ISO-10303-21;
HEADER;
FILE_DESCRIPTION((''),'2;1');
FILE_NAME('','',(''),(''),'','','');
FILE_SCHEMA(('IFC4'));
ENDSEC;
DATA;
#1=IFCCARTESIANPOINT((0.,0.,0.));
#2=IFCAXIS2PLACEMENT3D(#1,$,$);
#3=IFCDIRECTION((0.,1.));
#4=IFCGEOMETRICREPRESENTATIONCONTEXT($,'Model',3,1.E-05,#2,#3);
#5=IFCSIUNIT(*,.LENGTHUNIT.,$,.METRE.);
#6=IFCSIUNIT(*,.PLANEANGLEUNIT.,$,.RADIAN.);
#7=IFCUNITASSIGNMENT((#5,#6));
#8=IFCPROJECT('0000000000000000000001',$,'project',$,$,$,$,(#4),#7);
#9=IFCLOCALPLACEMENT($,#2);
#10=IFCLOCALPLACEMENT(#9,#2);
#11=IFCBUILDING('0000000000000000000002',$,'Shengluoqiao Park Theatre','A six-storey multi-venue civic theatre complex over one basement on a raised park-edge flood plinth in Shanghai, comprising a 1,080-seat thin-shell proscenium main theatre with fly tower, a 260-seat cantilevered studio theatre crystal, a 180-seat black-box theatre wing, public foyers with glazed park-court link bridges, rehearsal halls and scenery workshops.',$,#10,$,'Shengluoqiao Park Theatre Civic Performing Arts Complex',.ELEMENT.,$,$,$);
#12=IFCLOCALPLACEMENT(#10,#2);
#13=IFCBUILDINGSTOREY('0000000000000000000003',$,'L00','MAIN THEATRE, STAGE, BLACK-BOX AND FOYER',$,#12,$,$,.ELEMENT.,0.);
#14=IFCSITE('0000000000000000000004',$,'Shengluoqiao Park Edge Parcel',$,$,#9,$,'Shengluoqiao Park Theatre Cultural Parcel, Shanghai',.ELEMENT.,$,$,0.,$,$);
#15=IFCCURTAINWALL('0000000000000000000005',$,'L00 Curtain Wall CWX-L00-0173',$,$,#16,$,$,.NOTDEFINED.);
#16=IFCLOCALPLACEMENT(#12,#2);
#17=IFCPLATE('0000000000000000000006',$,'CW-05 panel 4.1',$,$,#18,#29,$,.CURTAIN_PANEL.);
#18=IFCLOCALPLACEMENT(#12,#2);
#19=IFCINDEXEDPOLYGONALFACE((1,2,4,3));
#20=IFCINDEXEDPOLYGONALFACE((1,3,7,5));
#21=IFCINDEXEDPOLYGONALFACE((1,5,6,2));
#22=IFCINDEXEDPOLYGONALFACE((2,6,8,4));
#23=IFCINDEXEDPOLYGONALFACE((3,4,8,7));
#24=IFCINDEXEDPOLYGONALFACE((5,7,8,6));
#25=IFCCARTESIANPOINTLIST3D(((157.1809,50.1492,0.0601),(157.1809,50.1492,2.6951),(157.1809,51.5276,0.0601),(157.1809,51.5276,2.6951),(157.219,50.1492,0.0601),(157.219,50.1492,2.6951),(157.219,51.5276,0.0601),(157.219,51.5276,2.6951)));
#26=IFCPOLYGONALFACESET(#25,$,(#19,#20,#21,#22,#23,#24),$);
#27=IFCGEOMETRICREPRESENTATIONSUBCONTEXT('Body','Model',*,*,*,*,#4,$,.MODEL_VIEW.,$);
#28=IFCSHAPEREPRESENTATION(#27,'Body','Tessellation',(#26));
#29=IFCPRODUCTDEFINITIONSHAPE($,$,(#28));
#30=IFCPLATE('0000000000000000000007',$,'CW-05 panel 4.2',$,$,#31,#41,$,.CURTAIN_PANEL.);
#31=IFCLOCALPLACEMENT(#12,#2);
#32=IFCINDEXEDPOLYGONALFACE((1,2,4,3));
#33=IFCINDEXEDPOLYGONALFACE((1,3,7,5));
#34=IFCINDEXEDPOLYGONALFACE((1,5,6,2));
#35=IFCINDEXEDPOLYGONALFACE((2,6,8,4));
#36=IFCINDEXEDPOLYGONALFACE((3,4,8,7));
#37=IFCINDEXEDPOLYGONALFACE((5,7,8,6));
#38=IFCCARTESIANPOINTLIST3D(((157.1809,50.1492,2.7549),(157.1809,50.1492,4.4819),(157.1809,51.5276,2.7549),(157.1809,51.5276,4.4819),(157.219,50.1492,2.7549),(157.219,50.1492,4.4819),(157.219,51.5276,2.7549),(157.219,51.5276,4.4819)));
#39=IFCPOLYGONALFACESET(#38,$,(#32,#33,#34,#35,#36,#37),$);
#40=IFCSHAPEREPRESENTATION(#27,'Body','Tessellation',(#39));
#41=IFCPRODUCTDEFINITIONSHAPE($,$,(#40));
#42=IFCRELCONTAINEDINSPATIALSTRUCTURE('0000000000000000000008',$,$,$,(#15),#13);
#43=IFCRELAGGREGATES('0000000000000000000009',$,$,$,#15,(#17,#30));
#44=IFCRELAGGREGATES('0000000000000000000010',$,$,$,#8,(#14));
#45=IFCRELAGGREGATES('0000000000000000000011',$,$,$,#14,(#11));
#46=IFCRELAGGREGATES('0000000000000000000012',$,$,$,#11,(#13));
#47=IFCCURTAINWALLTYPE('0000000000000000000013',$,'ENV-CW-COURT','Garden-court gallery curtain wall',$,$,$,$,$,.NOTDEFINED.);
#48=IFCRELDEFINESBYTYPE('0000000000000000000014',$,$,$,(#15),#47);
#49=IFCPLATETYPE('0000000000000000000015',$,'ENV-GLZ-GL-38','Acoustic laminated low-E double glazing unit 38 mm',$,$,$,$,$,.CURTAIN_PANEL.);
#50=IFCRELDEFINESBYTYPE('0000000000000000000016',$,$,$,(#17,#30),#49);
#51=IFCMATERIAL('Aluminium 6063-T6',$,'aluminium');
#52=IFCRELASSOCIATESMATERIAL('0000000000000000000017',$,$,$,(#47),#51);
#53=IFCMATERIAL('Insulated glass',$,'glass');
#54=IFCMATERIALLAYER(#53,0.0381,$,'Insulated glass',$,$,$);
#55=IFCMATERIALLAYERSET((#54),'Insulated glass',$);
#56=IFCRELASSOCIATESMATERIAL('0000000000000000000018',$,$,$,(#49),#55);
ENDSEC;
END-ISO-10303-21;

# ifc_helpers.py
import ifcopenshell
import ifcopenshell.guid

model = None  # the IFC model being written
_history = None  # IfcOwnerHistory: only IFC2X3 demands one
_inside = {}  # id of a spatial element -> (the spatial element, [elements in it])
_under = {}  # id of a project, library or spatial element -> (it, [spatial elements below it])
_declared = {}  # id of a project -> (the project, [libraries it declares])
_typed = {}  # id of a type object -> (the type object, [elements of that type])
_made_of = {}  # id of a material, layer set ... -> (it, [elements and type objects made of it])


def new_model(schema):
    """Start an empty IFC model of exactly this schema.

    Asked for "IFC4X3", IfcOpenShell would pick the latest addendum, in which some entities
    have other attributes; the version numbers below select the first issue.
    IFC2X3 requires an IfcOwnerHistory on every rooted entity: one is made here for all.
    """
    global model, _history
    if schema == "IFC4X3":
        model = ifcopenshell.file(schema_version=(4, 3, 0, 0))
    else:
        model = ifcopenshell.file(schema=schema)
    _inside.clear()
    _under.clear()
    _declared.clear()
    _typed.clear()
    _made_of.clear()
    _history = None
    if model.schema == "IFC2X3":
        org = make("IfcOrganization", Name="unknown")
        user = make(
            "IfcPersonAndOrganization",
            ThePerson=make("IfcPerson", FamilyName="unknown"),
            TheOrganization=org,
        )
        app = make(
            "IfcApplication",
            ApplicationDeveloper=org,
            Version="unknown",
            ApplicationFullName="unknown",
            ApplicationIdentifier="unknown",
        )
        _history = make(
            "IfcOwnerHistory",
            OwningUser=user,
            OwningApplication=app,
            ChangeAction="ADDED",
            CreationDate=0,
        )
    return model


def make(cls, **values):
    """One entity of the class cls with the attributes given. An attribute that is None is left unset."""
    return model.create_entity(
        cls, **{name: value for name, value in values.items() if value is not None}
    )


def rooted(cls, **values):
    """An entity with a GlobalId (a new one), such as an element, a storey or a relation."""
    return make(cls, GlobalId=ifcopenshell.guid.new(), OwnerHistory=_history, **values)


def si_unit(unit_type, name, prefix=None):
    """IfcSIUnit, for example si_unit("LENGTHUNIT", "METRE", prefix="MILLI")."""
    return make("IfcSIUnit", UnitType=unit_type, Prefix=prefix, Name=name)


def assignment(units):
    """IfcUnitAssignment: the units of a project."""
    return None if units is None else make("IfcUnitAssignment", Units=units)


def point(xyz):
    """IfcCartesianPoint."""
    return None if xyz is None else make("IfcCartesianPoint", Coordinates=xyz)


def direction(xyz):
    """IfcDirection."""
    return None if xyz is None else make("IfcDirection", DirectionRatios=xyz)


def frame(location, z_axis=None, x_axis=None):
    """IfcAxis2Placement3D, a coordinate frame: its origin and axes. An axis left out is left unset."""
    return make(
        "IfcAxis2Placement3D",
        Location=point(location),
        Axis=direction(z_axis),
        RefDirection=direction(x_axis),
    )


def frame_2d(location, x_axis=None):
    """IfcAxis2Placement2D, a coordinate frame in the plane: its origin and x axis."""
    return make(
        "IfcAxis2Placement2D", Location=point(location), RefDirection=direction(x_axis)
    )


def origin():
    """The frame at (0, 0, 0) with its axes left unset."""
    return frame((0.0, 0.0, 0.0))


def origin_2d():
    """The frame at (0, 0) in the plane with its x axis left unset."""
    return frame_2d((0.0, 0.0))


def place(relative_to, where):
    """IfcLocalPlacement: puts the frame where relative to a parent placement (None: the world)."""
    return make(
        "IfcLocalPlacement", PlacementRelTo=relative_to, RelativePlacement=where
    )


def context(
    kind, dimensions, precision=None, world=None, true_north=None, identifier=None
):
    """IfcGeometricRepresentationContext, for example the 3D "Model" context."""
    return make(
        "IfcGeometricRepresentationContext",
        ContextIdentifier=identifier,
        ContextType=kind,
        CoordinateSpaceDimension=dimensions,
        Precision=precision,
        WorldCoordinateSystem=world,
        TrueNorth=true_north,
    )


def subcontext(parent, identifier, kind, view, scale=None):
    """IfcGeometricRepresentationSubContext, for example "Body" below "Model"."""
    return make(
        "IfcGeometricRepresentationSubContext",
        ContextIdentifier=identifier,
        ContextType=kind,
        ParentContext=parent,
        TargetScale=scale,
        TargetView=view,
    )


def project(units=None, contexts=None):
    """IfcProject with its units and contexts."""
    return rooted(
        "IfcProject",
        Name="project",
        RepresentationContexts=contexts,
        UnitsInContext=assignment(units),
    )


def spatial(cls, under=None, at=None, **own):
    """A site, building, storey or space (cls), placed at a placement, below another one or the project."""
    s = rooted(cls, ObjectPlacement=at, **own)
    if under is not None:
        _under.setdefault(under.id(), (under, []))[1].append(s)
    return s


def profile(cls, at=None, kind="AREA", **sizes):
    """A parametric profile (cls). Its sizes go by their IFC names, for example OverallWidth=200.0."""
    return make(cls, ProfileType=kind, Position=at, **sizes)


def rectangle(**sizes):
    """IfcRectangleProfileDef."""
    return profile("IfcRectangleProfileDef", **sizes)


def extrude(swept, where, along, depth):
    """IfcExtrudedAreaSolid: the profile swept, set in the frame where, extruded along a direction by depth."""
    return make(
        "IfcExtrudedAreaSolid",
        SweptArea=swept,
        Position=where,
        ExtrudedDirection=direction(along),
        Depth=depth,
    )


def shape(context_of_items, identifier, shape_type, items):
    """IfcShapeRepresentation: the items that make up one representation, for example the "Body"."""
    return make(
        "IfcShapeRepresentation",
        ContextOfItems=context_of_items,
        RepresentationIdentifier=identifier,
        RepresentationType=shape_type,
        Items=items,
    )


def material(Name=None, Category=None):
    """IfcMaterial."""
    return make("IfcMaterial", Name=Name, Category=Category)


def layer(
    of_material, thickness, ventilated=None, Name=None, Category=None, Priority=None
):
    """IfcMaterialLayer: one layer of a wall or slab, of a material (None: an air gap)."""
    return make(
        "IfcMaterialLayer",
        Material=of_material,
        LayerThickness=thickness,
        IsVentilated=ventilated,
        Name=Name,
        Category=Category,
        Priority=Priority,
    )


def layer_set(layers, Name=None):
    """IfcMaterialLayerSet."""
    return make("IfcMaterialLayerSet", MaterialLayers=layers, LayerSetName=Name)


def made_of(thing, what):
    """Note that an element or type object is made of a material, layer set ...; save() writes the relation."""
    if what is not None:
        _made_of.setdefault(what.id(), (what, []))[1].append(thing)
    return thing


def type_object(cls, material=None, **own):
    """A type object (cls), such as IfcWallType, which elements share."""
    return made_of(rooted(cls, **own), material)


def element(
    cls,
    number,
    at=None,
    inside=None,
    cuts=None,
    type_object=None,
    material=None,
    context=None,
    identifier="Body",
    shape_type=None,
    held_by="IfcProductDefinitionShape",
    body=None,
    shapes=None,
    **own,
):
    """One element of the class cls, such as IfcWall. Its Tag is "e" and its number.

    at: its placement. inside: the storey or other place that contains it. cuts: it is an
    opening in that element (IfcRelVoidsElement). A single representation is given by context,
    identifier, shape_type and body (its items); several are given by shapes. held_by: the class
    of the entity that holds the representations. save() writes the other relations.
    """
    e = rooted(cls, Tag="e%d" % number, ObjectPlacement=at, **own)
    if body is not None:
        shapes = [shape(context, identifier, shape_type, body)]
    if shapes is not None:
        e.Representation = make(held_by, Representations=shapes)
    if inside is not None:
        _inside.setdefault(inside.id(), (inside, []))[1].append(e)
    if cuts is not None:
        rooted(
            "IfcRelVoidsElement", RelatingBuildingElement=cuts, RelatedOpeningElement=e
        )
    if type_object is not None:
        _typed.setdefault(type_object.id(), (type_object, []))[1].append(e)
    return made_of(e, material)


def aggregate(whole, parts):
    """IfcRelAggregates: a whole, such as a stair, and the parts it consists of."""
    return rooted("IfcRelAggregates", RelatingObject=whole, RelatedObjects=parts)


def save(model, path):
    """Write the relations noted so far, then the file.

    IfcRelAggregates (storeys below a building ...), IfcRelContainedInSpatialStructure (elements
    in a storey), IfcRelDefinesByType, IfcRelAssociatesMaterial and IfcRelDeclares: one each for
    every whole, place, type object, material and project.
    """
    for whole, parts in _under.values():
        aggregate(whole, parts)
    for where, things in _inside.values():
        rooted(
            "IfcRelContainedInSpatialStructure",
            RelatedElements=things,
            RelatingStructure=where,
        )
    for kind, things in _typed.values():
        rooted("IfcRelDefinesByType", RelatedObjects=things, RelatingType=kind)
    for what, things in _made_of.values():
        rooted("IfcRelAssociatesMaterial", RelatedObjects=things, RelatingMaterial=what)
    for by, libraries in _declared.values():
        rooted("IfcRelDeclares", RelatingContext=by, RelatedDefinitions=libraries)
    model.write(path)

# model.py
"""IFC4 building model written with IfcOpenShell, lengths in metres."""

from ifc_helpers import new_model, si_unit, direction, frame, origin, origin_2d, place, context, subcontext, project, spatial, rectangle, extrude, material, layer, layer_set, type_object, element, aggregate, save


model = new_model("IFC4")

# Units and contexts
model_context = context("Model", 3, precision=1e-05, world=origin(), true_north=direction((0.0, 1.0)))
body_context = subcontext(model_context, "Body", "Model", "MODEL_VIEW")
ifc_project = project(units=[si_unit("LENGTHUNIT", "METRE"), si_unit("PLANEANGLEUNIT", "RADIAN")], contexts=[model_context])

# Site, building, storey
site_placement = place(None, origin())
site = spatial("IfcSite", under=ifc_project, at=site_placement, Name="Shengluoqiao Park Edge Parcel", LongName="Shengluoqiao Park Theatre Cultural Parcel, Shanghai", CompositionType="ELEMENT", RefElevation=0.0)
building_placement = place(site_placement, origin())
building = spatial("IfcBuilding", under=site, at=building_placement, Name="Shengluoqiao Park Theatre", Description="A six-storey multi-venue civic theatre complex over one basement on a raised park-edge flood plinth in Shanghai, comprising a 1,080-seat thin-shell proscenium main theatre with fly tower, a 260-seat cantilevered studio theatre crystal, a 180-seat black-box theatre wing, public foyers with glazed park-court link bridges, rehearsal halls and scenery workshops.", LongName="Shengluoqiao Park Theatre Civic Performing Arts Complex", CompositionType="ELEMENT")
storey_placement = place(building_placement, origin())
storey = spatial("IfcBuildingStorey", under=building, at=storey_placement, Name="L00", Description="MAIN THEATRE, STAGE, BLACK-BOX AND FOYER", CompositionType="ELEMENT", Elevation=0.0)

# Curtain wall, plates
ifc_material_1 = material(Name="Aluminium 6063-T6", Category="aluminium")
curtain_wall_type = type_object("IfcCurtainWallType", Name="ENV-CW-COURT", Description="Garden-court gallery curtain wall", PredefinedType="NOTDEFINED", material=ifc_material_1)
curtain_wall_placement = place(storey_placement, origin())
curtain_wall = element("IfcCurtainWall", 1, at=curtain_wall_placement, inside=storey, type_object=curtain_wall_type, Name="L00 Curtain Wall CWX-L00-0173", PredefinedType="NOTDEFINED")
ifc_material_2 = material(Name="Insulated glass", Category="glass")
ifc_layer = layer(ifc_material_2, 0.0381, Name="Insulated glass")
ifc_layer_set = layer_set([ifc_layer], Name="Insulated glass")
plate_type = type_object("IfcPlateType", Name="ENV-GLZ-GL-38", Description="Acoustic laminated low-E double glazing unit 38 mm", PredefinedType="CURTAIN_PANEL", material=ifc_layer_set)
plate_1_placement = place(storey_placement, frame((157.2, 50.8384, 0.0601), z_axis=(0.0, 0.0, 1.0), x_axis=(0.0, 1.0, 0.0)))
plate_1 = element("IfcPlate", 2, at=plate_1_placement, type_object=plate_type, Name="CW-05 panel 4.1", PredefinedType="CURTAIN_PANEL", context=body_context, shape_type="SweptSolid", body=[
    extrude(rectangle(XDim=1.3784, YDim=0.0381, at=origin_2d()), origin(), (0.0, 0.0, 1.0), 2.635),
])
plate_2_placement = place(storey_placement, frame((157.2, 50.8384, 2.7549), z_axis=(0.0, 0.0, 1.0), x_axis=(0.0, 1.0, 0.0)))
plate_2 = element("IfcPlate", 3, at=plate_2_placement, type_object=plate_type, Name="CW-05 panel 4.2", PredefinedType="CURTAIN_PANEL", context=body_context, shape_type="SweptSolid", body=[
    extrude(rectangle(XDim=1.3784, YDim=0.0381, at=origin_2d()), origin(), (0.0, 0.0, 1.0), 1.7271),
])
aggregate(curtain_wall, [plate_1, plate_2])

save(model, "model.ifc")
